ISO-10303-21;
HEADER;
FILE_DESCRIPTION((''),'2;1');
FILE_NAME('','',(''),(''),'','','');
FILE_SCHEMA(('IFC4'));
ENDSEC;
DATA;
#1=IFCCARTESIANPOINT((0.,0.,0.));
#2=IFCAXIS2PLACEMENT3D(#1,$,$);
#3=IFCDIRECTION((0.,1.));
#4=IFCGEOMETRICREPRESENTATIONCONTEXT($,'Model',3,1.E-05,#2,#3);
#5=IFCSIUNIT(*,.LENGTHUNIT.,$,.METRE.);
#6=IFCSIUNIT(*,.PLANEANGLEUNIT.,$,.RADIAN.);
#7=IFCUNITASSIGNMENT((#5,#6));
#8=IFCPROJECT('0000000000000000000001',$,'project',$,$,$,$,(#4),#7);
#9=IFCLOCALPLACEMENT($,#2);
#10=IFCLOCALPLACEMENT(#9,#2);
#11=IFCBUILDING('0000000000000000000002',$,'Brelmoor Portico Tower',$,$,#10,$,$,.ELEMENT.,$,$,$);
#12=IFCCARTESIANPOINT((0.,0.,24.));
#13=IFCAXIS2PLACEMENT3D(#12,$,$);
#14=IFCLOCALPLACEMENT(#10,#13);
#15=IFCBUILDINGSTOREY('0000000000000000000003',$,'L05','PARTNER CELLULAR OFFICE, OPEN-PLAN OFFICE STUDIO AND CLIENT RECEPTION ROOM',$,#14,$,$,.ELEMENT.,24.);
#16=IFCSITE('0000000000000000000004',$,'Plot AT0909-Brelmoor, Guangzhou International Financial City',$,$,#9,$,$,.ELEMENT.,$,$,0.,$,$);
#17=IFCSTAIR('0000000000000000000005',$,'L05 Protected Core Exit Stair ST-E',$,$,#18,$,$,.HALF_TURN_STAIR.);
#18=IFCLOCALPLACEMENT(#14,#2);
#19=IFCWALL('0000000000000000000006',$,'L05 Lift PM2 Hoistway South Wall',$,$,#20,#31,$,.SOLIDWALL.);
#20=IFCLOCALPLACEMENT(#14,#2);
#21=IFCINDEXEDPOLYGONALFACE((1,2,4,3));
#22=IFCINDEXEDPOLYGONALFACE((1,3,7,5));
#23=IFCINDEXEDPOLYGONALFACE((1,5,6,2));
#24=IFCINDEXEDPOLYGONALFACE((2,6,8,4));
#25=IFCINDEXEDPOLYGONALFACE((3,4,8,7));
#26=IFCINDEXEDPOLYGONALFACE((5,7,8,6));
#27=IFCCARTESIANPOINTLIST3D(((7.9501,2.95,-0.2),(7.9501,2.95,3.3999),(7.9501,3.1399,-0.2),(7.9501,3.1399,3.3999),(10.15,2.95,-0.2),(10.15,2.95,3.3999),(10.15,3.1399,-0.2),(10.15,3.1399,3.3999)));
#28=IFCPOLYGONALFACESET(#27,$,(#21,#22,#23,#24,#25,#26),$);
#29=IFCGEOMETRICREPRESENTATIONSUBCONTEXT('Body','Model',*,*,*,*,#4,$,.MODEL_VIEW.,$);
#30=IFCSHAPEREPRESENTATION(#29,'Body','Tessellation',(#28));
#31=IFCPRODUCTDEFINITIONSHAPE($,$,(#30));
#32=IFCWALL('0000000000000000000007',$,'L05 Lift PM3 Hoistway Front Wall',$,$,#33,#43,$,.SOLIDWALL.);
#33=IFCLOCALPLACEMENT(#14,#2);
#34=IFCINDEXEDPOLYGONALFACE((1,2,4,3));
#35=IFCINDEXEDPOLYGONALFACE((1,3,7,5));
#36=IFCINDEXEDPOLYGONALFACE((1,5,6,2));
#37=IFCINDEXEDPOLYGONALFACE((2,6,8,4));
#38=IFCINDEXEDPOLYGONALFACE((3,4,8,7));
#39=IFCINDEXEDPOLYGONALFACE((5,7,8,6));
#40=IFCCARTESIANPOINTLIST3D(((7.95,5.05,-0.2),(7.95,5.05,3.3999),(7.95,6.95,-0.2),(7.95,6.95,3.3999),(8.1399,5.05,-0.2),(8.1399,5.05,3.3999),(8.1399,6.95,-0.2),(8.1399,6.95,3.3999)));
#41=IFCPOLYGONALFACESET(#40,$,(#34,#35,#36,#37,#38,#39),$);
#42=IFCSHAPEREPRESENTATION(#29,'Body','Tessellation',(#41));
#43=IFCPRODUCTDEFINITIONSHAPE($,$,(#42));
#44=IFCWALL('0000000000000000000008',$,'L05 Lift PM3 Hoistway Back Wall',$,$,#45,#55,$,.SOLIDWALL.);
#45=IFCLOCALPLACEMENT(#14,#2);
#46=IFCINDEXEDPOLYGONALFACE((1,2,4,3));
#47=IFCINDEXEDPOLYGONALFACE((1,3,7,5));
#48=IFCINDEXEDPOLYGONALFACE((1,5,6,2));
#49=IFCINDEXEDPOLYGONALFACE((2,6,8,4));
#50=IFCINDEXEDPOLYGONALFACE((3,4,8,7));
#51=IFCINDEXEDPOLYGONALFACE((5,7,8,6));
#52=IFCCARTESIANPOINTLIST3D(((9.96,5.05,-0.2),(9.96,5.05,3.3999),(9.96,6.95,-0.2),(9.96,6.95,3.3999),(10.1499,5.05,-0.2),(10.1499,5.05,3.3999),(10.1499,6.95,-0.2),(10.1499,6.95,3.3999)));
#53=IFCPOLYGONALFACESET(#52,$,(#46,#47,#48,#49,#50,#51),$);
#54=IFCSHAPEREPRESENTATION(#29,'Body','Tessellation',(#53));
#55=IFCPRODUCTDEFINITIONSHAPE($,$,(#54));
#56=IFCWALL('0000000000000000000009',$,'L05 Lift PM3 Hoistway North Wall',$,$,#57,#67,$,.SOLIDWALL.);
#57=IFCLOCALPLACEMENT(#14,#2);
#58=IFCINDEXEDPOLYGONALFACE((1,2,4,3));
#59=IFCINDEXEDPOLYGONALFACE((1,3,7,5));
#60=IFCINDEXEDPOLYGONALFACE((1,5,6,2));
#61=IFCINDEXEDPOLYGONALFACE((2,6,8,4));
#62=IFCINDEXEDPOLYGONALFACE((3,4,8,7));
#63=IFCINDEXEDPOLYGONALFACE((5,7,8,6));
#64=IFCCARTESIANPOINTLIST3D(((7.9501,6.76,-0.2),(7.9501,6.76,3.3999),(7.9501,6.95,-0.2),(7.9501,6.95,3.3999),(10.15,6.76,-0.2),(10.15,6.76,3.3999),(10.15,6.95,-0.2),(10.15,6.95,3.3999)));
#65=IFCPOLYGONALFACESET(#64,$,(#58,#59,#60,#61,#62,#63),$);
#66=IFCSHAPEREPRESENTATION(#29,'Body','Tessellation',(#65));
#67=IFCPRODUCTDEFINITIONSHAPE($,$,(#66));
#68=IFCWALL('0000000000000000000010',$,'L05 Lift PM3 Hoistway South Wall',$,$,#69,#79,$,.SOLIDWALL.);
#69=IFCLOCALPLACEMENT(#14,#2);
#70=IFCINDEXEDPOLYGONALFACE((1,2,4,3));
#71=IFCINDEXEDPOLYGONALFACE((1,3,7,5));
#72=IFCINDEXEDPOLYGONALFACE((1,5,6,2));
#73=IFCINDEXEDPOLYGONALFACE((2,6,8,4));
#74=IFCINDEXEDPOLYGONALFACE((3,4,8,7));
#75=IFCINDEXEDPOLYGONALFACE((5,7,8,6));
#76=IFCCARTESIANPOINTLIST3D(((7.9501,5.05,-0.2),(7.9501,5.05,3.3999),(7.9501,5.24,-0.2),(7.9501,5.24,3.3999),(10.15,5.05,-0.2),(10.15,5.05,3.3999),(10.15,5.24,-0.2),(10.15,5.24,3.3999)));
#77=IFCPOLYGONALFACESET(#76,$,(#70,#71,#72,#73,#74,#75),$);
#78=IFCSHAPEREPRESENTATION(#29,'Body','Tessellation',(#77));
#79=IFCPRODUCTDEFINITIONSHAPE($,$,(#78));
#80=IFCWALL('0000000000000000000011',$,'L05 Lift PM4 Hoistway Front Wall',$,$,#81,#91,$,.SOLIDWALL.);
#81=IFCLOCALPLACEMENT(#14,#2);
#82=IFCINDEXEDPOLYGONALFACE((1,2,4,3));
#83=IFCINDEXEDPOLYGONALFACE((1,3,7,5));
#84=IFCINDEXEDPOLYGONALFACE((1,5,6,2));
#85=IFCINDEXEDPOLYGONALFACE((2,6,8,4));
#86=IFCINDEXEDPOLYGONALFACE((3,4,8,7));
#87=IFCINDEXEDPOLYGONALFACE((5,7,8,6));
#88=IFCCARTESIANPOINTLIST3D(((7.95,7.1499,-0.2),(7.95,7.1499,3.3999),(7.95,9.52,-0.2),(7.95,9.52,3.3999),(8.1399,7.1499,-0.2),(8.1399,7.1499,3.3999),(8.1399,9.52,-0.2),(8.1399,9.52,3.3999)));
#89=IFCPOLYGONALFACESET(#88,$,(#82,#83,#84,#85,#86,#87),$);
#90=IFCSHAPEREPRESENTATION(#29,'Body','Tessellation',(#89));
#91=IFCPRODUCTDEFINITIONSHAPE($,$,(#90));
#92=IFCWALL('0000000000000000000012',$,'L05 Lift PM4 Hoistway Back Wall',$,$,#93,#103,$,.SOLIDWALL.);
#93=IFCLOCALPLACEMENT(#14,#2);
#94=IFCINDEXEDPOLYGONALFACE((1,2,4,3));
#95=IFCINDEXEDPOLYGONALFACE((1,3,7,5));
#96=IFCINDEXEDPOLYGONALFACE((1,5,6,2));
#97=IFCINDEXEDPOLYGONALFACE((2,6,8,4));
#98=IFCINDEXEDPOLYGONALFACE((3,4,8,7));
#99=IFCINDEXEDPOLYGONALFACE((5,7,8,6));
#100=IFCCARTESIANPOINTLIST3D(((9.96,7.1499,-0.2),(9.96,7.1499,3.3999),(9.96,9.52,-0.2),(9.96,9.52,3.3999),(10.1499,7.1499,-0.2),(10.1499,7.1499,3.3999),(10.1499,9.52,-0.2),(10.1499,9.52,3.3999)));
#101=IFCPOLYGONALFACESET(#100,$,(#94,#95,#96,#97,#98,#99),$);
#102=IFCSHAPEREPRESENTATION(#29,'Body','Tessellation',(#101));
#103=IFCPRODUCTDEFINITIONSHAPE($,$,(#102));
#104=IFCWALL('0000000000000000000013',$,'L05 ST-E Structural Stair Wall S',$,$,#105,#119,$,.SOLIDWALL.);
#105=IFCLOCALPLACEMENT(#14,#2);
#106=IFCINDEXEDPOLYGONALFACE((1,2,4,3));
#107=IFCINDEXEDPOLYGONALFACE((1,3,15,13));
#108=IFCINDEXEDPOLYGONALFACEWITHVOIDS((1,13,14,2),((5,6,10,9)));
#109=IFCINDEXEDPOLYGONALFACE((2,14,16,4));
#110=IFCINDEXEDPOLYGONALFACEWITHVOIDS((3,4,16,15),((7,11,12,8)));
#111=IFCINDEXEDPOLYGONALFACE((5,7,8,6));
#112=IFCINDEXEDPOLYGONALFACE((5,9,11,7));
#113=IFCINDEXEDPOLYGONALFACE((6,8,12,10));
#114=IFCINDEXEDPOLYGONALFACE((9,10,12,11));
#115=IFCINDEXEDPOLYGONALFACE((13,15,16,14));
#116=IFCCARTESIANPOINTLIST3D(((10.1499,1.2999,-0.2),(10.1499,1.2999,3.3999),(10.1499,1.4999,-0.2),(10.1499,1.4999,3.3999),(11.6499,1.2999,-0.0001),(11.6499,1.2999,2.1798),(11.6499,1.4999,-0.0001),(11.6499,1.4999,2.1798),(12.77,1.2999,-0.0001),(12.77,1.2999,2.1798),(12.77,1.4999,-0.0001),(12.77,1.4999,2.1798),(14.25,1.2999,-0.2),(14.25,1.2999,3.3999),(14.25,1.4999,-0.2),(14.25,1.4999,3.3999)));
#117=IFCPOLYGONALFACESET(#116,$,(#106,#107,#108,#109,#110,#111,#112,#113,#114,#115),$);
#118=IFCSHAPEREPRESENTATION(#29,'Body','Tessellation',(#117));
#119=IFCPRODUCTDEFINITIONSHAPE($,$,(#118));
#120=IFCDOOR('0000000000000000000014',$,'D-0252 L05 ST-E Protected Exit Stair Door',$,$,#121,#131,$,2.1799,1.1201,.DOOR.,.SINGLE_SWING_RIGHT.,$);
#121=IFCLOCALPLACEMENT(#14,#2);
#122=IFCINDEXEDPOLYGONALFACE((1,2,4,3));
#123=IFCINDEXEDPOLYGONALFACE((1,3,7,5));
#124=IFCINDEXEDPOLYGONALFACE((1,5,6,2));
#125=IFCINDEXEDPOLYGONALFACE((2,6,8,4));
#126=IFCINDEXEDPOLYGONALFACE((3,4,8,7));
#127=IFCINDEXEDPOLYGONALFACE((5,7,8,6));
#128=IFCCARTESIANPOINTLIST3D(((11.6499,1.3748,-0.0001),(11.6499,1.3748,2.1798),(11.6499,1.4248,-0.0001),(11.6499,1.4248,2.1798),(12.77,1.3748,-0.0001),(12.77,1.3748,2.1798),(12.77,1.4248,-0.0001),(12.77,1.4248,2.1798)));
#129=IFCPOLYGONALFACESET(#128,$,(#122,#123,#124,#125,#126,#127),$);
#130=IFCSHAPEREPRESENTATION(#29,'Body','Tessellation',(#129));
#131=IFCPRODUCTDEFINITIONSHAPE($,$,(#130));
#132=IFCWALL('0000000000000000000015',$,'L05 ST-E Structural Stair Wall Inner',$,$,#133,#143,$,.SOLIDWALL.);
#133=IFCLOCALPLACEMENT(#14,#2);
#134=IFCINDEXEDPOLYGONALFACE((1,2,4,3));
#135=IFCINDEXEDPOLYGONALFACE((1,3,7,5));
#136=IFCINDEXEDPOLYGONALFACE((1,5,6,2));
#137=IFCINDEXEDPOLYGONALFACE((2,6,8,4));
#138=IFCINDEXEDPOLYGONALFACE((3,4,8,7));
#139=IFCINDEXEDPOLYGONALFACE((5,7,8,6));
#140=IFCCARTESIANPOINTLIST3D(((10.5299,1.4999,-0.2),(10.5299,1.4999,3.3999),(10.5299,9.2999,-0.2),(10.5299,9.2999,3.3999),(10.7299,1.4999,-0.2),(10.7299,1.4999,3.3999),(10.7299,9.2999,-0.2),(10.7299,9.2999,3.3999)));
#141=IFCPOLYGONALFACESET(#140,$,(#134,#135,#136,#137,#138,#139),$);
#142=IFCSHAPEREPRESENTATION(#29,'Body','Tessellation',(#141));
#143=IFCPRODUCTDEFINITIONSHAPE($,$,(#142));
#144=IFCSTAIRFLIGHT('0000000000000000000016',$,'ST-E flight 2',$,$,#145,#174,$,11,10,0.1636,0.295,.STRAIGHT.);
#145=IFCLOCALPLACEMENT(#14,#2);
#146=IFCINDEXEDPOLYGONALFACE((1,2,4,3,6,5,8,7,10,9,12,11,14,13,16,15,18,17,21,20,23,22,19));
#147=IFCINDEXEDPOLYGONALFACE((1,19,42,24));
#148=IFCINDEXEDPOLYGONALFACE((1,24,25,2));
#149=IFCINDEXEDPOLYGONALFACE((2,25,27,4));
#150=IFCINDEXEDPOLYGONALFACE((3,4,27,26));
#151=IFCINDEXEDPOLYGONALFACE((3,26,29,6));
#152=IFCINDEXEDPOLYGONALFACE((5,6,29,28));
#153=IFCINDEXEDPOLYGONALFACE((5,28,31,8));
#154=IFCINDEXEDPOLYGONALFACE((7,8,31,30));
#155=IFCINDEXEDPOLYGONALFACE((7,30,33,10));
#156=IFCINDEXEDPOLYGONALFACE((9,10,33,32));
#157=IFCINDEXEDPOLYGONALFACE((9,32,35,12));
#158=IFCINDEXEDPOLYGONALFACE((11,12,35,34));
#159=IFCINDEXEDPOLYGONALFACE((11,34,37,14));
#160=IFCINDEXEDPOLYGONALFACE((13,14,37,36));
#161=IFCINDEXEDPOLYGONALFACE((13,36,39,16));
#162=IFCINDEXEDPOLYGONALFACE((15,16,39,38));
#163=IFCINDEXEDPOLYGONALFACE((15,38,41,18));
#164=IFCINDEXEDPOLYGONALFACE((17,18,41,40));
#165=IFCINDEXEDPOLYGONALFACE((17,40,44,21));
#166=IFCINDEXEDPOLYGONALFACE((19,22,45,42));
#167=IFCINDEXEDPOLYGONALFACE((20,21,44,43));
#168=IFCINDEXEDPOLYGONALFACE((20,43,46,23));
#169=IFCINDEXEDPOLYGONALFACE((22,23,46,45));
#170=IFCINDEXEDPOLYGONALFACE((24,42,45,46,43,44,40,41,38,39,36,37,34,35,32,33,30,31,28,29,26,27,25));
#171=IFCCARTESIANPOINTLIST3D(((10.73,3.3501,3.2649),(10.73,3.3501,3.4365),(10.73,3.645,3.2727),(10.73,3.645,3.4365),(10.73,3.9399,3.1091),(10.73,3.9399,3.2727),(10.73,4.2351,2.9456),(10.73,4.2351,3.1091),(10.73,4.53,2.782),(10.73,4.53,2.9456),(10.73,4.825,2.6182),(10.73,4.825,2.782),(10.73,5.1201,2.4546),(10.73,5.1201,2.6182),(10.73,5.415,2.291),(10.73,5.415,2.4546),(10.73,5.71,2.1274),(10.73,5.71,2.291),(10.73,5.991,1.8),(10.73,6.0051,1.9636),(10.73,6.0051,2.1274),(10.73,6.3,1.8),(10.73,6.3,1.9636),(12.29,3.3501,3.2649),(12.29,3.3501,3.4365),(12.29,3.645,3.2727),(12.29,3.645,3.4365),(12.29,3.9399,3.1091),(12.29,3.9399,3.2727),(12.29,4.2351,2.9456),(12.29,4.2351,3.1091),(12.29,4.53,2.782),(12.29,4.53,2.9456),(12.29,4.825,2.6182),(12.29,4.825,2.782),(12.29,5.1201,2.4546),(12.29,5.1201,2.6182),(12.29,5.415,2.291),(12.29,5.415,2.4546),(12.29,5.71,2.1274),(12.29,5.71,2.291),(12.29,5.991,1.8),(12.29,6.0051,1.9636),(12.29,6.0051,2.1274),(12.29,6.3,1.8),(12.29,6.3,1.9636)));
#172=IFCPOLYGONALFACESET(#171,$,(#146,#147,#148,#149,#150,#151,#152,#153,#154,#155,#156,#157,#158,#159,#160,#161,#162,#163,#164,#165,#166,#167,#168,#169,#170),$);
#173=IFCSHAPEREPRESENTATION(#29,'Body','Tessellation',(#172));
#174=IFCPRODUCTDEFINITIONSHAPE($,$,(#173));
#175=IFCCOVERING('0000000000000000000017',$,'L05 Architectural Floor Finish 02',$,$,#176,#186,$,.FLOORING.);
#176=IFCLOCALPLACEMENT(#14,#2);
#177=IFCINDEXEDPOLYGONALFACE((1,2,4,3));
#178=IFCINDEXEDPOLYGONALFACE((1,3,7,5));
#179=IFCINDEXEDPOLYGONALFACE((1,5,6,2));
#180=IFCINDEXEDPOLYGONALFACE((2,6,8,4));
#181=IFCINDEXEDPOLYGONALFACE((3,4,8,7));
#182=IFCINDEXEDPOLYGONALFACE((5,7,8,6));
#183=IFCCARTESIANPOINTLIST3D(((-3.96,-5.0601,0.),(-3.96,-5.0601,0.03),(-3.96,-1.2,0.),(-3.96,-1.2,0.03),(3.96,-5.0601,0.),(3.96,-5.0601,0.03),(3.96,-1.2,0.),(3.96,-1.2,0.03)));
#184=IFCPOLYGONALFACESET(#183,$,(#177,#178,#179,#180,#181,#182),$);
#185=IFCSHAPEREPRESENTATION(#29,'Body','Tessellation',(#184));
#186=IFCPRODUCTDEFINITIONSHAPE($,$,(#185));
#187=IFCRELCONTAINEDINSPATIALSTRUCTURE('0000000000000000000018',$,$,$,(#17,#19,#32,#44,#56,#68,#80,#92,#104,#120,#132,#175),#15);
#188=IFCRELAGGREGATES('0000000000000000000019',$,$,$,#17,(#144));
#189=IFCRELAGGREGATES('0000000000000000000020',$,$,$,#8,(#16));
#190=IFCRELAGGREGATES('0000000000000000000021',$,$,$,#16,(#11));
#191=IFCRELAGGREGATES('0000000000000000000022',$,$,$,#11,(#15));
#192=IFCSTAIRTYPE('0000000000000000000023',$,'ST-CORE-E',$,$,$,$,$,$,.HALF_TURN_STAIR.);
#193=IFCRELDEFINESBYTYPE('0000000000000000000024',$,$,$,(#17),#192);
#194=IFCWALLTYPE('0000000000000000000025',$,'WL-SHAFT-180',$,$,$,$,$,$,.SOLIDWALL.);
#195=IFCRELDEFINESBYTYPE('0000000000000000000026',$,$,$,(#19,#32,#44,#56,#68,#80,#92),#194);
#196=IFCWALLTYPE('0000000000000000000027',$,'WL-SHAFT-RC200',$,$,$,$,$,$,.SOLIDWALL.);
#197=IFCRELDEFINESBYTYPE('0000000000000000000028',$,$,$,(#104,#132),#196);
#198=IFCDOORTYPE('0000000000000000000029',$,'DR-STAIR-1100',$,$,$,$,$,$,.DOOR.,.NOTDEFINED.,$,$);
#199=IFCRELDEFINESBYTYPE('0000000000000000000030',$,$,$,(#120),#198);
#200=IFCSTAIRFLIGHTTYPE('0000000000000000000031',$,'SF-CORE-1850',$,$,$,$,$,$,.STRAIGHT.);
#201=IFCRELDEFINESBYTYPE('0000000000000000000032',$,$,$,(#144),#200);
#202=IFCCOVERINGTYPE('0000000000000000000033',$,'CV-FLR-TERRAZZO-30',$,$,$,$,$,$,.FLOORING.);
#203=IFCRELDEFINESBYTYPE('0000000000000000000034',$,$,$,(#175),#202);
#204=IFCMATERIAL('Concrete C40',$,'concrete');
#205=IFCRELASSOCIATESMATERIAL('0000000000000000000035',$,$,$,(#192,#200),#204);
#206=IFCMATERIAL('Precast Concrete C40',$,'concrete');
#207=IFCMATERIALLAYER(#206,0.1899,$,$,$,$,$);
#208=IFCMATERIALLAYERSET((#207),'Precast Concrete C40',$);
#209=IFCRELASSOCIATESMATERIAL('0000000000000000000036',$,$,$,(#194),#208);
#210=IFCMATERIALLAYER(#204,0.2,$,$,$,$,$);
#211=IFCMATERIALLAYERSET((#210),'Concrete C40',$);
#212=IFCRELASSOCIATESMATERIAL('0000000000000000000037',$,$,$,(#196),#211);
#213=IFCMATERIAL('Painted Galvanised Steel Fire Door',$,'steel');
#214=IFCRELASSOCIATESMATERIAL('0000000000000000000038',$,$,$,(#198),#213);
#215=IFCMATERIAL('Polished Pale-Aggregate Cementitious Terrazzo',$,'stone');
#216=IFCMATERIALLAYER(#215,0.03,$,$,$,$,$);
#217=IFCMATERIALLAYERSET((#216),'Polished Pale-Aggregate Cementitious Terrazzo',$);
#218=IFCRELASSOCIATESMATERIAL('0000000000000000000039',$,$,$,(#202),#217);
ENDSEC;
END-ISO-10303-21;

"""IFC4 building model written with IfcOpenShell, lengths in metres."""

from ifc_helpers import new_model, si_unit, direction, frame, frame_2d, origin, place, context, subcontext, project, spatial, polyline, rectangle, outline, extrude, material, layer, layer_set, type_object, element, fill, aggregate, save


model = new_model("IFC4")

# Units and contexts
model_context = context("Model", 3, precision=1e-05, world=origin(), true_north=direction((0.0, 1.0)))
body_context = subcontext(model_context, "Body", "Model", "MODEL_VIEW")
ifc_project = project(units=[si_unit("LENGTHUNIT", "METRE"), si_unit("PLANEANGLEUNIT", "RADIAN")], contexts=[model_context])

# Site, building, storey
site_placement = place(None, origin())
site = spatial("IfcSite", under=ifc_project, at=site_placement, Name="Plot AT0909-Brelmoor, Guangzhou International Financial City", CompositionType="ELEMENT", RefElevation=0.0)
building_placement = place(site_placement, origin())
building = spatial("IfcBuilding", under=site, at=building_placement, Name="Brelmoor Portico Tower", CompositionType="ELEMENT")
storey_placement = place(building_placement, frame((0.0, 0.0, 24.0)))
storey = spatial("IfcBuildingStorey", under=building, at=storey_placement, Name="L05", Description="PARTNER CELLULAR OFFICE, OPEN-PLAN OFFICE STUDIO AND CLIENT RECEPTION ROOM", CompositionType="ELEMENT", Elevation=24.0)

# Stair
ifc_material_1 = material(Name="Concrete C40", Category="concrete")
stair_type = type_object("IfcStairType", Name="ST-CORE-E", PredefinedType="HALF_TURN_STAIR", material=ifc_material_1)
stair_placement = place(storey_placement, origin())
stair = element("IfcStair", 1, at=stair_placement, inside=storey, type_object=stair_type, Name="L05 Protected Core Exit Stair ST-E", PredefinedType="HALF_TURN_STAIR")

# Walls
ifc_material_2 = material(Name="Precast Concrete C40", Category="concrete")
ifc_layer_1 = layer(ifc_material_2, 0.1899)
ifc_layer_set_1 = layer_set([ifc_layer_1], Name="Precast Concrete C40")
wall_type_1 = type_object("IfcWallType", Name="WL-SHAFT-180", PredefinedType="SOLIDWALL", material=ifc_layer_set_1)
for number, where, z_axis, x_axis, name in (
    (2, (7.95, 3.0449, -0.2), (0.0, 0.0, 1.0), (1.0, 0.0, 0.0), "L05 Lift PM2 Hoistway South Wall"),
):
    element("IfcWall", number, at=place(storey_placement, frame(where, z_axis=z_axis, x_axis=x_axis)), inside=storey, type_object=wall_type_1, Name=name, PredefinedType="SOLIDWALL", context=body_context, shape_type="SweptSolid", body=[
        extrude(rectangle(XDim=2.2, YDim=0.1899, at=frame_2d((1.1001, 0.0))), origin(), (0.0, 0.0, 1.0), 3.5999),
    ])
for number, where, z_axis, x_axis, name in (
    (3, (8.0449, 5.05, -0.2), (0.0, 0.0, 1.0), (0.0, 1.0, 0.0), "L05 Lift PM3 Hoistway Front Wall"),
    (4, (10.0549, 5.05, -0.2), (0.0, 0.0, 1.0), (0.0, 1.0, 0.0), "L05 Lift PM3 Hoistway Back Wall"),
):
    element("IfcWall", number, at=place(storey_placement, frame(where, z_axis=z_axis, x_axis=x_axis)), inside=storey, type_object=wall_type_1, Name=name, PredefinedType="SOLIDWALL", context=body_context, shape_type="SweptSolid", body=[
        extrude(rectangle(XDim=1.8999, YDim=0.1899, at=frame_2d((0.95, 0.0))), origin(), (0.0, 0.0, 1.0), 3.5999),
    ])
for number, where, z_axis, x_axis, name in (
    (5, (7.95, 6.855, -0.2), (0.0, 0.0, 1.0), (1.0, 0.0, 0.0), "L05 Lift PM3 Hoistway North Wall"),
    (6, (7.95, 5.145, -0.2), (0.0, 0.0, 1.0), (1.0, 0.0, 0.0), "L05 Lift PM3 Hoistway South Wall"),
):
    element("IfcWall", number, at=place(storey_placement, frame(where, z_axis=z_axis, x_axis=x_axis)), inside=storey, type_object=wall_type_1, Name=name, PredefinedType="SOLIDWALL", context=body_context, shape_type="SweptSolid", body=[
        extrude(rectangle(XDim=2.2, YDim=0.1899, at=frame_2d((1.1001, 0.0))), origin(), (0.0, 0.0, 1.0), 3.5999),
    ])
for number, where, z_axis, x_axis, name in (
    (7, (8.0449, 7.1499, -0.2), (0.0, 0.0, 1.0), (0.0, 1.0, 0.0), "L05 Lift PM4 Hoistway Front Wall"),
    (8, (10.0549, 7.1499, -0.2), (0.0, 0.0, 1.0), (0.0, 1.0, 0.0), "L05 Lift PM4 Hoistway Back Wall"),
):
    element("IfcWall", number, at=place(storey_placement, frame(where, z_axis=z_axis, x_axis=x_axis)), inside=storey, type_object=wall_type_1, Name=name, PredefinedType="SOLIDWALL", context=body_context, shape_type="SweptSolid", body=[
        extrude(rectangle(XDim=2.3701, YDim=0.1899, at=frame_2d((1.1851, 0.0))), origin(), (0.0, 0.0, 1.0), 3.5999),
    ])

# Wall, opening, door
ifc_layer_2 = layer(ifc_material_1, 0.2)
ifc_layer_set_2 = layer_set([ifc_layer_2], Name="Concrete C40")
wall_type_2 = type_object("IfcWallType", Name="WL-SHAFT-RC200", PredefinedType="SOLIDWALL", material=ifc_layer_set_2)
wall_1_placement = place(storey_placement, frame((10.1499, 1.3999, -0.2), z_axis=(0.0, 0.0, 1.0), x_axis=(1.0, 0.0, 0.0)))
wall_1 = element("IfcWall", 9, at=wall_1_placement, inside=storey, type_object=wall_type_2, Name="L05 ST-E Structural Stair Wall S", PredefinedType="SOLIDWALL", context=body_context, shape_type="SweptSolid", body=[
    extrude(rectangle(XDim=4.1001, YDim=0.2, at=frame_2d((2.05, 0.0))), origin(), (0.0, 0.0, 1.0), 3.5999),
])
opening_1_placement = place(wall_1_placement, frame((1.5, 0.0, 0.2)))
opening_1 = element("IfcOpeningElement", 10, at=opening_1_placement, cuts=wall_1, PredefinedType="OPENING", context=body_context, shape_type="SweptSolid", body=[
    extrude(rectangle(XDim=1.1201, YDim=2.1799, at=frame_2d((0.5601, 1.0898))), frame((0.0, 0.1099, 0.0), z_axis=(0.0, -1.0, 0.0), x_axis=(1.0, 0.0, 0.0)), (0.0, 0.0, 1.0), 0.22),
])
ifc_material_3 = material(Name="Painted Galvanised Steel Fire Door", Category="steel")
door_type_1 = type_object("IfcDoorType", Name="DR-STAIR-1100", OperationType="NOTDEFINED", PredefinedType="DOOR", material=ifc_material_3)
door_1_placement = place(opening_1_placement, origin())
door_1 = element("IfcDoor", 11, at=door_1_placement, inside=storey, type_object=door_type_1, Name="D-0252 L05 ST-E Protected Exit Stair Door", OperationType="SINGLE_SWING_RIGHT", OverallHeight=2.1799, OverallWidth=1.1201, PredefinedType="DOOR", context=body_context, shape_type="SweptSolid", body=[
    extrude(rectangle(XDim=1.1201, YDim=2.1799, at=frame_2d((0.5601, 1.0898))), frame((0.0, 0.0249, 0.0), z_axis=(0.0, -1.0, 0.0), x_axis=(1.0, 0.0, 0.0)), (0.0, 0.0, 1.0), 0.05),
])
fill(opening_1, door_1)

# Wall
wall_2_placement = place(storey_placement, frame((10.6299, 1.5, -0.2), z_axis=(0.0, 0.0, 1.0), x_axis=(0.0, 1.0, 0.0)))
element("IfcWall", 12, at=wall_2_placement, inside=storey, type_object=wall_type_2, Name="L05 ST-E Structural Stair Wall Inner", PredefinedType="SOLIDWALL", context=body_context, shape_type="SweptSolid", body=[
    extrude(rectangle(XDim=7.8, YDim=0.2, at=frame_2d((3.8999, 0.0))), origin(), (0.0, 0.0, 1.0), 3.5999),
])

# Stair flight
stair_flight_type = type_object("IfcStairFlightType", Name="SF-CORE-1850", PredefinedType="STRAIGHT", material=ifc_material_1)
stair_flight_placement = place(storey_placement, frame((11.51, 6.3, 1.8), z_axis=(0.0, 0.0, 1.0), x_axis=(0.0, -1.0, 0.0)))
stair_flight = element("IfcStairFlight", 13, at=stair_flight_placement, type_object=stair_flight_type, Name="ST-E flight 2", NumberOfRisers=11, NumberOfTreads=10, PredefinedType="STRAIGHT", RiserHeight=0.1636, TreadLength=0.295, context=body_context, shape_type="SweptSolid", body=[
    extrude(outline(polyline([(0.0, 0.0), (0.0, 0.1636), (0.2949, 0.1636), (0.2949, 0.3274), (0.5901, 0.3274), (0.5901, 0.491), (0.885, 0.491), (0.885, 0.6545), (1.1799, 0.6545), (1.1799, 0.8181), (1.4751, 0.8181), (1.4751, 0.9819), (1.77, 0.9819), (1.77, 1.1455), (2.0649, 1.1455), (2.0649, 1.3091), (2.3601, 1.3091), (2.3601, 1.4727), (2.655, 1.4727), (2.655, 1.6365), (2.95, 1.6365), (2.95, 1.8), (2.95, 1.4648), (0.3091, 0.0), (0.0, 0.0)])), frame((0.0, 0.78, 0.0), z_axis=(0.0, -1.0, 0.0), x_axis=(1.0, 0.0, 0.0)), (0.0, 0.0, 1.0), 1.5601),
])
aggregate(stair, [stair_flight])

# Covering
ifc_material_4 = material(Name="Polished Pale-Aggregate Cementitious Terrazzo", Category="stone")
ifc_layer_3 = layer(ifc_material_4, 0.03)
ifc_layer_set_3 = layer_set([ifc_layer_3], Name="Polished Pale-Aggregate Cementitious Terrazzo")
covering_type_1 = type_object("IfcCoveringType", Name="CV-FLR-TERRAZZO-30", PredefinedType="FLOORING", material=ifc_layer_set_3)
covering_1_placement = place(storey_placement, origin())
element("IfcCovering", 14, at=covering_1_placement, inside=storey, type_object=covering_type_1, Name="L05 Architectural Floor Finish 02", PredefinedType="FLOORING", context=body_context, shape_type="SweptSolid", body=[
    extrude(outline(polyline([(-3.96, -5.0601), (-3.96, -1.2), (3.96, -1.2), (3.96, -5.0601), (-3.96, -5.0601)])), origin(), (0.0, 0.0, 1.0), 0.03),
])

save(model, "model.ifc")
